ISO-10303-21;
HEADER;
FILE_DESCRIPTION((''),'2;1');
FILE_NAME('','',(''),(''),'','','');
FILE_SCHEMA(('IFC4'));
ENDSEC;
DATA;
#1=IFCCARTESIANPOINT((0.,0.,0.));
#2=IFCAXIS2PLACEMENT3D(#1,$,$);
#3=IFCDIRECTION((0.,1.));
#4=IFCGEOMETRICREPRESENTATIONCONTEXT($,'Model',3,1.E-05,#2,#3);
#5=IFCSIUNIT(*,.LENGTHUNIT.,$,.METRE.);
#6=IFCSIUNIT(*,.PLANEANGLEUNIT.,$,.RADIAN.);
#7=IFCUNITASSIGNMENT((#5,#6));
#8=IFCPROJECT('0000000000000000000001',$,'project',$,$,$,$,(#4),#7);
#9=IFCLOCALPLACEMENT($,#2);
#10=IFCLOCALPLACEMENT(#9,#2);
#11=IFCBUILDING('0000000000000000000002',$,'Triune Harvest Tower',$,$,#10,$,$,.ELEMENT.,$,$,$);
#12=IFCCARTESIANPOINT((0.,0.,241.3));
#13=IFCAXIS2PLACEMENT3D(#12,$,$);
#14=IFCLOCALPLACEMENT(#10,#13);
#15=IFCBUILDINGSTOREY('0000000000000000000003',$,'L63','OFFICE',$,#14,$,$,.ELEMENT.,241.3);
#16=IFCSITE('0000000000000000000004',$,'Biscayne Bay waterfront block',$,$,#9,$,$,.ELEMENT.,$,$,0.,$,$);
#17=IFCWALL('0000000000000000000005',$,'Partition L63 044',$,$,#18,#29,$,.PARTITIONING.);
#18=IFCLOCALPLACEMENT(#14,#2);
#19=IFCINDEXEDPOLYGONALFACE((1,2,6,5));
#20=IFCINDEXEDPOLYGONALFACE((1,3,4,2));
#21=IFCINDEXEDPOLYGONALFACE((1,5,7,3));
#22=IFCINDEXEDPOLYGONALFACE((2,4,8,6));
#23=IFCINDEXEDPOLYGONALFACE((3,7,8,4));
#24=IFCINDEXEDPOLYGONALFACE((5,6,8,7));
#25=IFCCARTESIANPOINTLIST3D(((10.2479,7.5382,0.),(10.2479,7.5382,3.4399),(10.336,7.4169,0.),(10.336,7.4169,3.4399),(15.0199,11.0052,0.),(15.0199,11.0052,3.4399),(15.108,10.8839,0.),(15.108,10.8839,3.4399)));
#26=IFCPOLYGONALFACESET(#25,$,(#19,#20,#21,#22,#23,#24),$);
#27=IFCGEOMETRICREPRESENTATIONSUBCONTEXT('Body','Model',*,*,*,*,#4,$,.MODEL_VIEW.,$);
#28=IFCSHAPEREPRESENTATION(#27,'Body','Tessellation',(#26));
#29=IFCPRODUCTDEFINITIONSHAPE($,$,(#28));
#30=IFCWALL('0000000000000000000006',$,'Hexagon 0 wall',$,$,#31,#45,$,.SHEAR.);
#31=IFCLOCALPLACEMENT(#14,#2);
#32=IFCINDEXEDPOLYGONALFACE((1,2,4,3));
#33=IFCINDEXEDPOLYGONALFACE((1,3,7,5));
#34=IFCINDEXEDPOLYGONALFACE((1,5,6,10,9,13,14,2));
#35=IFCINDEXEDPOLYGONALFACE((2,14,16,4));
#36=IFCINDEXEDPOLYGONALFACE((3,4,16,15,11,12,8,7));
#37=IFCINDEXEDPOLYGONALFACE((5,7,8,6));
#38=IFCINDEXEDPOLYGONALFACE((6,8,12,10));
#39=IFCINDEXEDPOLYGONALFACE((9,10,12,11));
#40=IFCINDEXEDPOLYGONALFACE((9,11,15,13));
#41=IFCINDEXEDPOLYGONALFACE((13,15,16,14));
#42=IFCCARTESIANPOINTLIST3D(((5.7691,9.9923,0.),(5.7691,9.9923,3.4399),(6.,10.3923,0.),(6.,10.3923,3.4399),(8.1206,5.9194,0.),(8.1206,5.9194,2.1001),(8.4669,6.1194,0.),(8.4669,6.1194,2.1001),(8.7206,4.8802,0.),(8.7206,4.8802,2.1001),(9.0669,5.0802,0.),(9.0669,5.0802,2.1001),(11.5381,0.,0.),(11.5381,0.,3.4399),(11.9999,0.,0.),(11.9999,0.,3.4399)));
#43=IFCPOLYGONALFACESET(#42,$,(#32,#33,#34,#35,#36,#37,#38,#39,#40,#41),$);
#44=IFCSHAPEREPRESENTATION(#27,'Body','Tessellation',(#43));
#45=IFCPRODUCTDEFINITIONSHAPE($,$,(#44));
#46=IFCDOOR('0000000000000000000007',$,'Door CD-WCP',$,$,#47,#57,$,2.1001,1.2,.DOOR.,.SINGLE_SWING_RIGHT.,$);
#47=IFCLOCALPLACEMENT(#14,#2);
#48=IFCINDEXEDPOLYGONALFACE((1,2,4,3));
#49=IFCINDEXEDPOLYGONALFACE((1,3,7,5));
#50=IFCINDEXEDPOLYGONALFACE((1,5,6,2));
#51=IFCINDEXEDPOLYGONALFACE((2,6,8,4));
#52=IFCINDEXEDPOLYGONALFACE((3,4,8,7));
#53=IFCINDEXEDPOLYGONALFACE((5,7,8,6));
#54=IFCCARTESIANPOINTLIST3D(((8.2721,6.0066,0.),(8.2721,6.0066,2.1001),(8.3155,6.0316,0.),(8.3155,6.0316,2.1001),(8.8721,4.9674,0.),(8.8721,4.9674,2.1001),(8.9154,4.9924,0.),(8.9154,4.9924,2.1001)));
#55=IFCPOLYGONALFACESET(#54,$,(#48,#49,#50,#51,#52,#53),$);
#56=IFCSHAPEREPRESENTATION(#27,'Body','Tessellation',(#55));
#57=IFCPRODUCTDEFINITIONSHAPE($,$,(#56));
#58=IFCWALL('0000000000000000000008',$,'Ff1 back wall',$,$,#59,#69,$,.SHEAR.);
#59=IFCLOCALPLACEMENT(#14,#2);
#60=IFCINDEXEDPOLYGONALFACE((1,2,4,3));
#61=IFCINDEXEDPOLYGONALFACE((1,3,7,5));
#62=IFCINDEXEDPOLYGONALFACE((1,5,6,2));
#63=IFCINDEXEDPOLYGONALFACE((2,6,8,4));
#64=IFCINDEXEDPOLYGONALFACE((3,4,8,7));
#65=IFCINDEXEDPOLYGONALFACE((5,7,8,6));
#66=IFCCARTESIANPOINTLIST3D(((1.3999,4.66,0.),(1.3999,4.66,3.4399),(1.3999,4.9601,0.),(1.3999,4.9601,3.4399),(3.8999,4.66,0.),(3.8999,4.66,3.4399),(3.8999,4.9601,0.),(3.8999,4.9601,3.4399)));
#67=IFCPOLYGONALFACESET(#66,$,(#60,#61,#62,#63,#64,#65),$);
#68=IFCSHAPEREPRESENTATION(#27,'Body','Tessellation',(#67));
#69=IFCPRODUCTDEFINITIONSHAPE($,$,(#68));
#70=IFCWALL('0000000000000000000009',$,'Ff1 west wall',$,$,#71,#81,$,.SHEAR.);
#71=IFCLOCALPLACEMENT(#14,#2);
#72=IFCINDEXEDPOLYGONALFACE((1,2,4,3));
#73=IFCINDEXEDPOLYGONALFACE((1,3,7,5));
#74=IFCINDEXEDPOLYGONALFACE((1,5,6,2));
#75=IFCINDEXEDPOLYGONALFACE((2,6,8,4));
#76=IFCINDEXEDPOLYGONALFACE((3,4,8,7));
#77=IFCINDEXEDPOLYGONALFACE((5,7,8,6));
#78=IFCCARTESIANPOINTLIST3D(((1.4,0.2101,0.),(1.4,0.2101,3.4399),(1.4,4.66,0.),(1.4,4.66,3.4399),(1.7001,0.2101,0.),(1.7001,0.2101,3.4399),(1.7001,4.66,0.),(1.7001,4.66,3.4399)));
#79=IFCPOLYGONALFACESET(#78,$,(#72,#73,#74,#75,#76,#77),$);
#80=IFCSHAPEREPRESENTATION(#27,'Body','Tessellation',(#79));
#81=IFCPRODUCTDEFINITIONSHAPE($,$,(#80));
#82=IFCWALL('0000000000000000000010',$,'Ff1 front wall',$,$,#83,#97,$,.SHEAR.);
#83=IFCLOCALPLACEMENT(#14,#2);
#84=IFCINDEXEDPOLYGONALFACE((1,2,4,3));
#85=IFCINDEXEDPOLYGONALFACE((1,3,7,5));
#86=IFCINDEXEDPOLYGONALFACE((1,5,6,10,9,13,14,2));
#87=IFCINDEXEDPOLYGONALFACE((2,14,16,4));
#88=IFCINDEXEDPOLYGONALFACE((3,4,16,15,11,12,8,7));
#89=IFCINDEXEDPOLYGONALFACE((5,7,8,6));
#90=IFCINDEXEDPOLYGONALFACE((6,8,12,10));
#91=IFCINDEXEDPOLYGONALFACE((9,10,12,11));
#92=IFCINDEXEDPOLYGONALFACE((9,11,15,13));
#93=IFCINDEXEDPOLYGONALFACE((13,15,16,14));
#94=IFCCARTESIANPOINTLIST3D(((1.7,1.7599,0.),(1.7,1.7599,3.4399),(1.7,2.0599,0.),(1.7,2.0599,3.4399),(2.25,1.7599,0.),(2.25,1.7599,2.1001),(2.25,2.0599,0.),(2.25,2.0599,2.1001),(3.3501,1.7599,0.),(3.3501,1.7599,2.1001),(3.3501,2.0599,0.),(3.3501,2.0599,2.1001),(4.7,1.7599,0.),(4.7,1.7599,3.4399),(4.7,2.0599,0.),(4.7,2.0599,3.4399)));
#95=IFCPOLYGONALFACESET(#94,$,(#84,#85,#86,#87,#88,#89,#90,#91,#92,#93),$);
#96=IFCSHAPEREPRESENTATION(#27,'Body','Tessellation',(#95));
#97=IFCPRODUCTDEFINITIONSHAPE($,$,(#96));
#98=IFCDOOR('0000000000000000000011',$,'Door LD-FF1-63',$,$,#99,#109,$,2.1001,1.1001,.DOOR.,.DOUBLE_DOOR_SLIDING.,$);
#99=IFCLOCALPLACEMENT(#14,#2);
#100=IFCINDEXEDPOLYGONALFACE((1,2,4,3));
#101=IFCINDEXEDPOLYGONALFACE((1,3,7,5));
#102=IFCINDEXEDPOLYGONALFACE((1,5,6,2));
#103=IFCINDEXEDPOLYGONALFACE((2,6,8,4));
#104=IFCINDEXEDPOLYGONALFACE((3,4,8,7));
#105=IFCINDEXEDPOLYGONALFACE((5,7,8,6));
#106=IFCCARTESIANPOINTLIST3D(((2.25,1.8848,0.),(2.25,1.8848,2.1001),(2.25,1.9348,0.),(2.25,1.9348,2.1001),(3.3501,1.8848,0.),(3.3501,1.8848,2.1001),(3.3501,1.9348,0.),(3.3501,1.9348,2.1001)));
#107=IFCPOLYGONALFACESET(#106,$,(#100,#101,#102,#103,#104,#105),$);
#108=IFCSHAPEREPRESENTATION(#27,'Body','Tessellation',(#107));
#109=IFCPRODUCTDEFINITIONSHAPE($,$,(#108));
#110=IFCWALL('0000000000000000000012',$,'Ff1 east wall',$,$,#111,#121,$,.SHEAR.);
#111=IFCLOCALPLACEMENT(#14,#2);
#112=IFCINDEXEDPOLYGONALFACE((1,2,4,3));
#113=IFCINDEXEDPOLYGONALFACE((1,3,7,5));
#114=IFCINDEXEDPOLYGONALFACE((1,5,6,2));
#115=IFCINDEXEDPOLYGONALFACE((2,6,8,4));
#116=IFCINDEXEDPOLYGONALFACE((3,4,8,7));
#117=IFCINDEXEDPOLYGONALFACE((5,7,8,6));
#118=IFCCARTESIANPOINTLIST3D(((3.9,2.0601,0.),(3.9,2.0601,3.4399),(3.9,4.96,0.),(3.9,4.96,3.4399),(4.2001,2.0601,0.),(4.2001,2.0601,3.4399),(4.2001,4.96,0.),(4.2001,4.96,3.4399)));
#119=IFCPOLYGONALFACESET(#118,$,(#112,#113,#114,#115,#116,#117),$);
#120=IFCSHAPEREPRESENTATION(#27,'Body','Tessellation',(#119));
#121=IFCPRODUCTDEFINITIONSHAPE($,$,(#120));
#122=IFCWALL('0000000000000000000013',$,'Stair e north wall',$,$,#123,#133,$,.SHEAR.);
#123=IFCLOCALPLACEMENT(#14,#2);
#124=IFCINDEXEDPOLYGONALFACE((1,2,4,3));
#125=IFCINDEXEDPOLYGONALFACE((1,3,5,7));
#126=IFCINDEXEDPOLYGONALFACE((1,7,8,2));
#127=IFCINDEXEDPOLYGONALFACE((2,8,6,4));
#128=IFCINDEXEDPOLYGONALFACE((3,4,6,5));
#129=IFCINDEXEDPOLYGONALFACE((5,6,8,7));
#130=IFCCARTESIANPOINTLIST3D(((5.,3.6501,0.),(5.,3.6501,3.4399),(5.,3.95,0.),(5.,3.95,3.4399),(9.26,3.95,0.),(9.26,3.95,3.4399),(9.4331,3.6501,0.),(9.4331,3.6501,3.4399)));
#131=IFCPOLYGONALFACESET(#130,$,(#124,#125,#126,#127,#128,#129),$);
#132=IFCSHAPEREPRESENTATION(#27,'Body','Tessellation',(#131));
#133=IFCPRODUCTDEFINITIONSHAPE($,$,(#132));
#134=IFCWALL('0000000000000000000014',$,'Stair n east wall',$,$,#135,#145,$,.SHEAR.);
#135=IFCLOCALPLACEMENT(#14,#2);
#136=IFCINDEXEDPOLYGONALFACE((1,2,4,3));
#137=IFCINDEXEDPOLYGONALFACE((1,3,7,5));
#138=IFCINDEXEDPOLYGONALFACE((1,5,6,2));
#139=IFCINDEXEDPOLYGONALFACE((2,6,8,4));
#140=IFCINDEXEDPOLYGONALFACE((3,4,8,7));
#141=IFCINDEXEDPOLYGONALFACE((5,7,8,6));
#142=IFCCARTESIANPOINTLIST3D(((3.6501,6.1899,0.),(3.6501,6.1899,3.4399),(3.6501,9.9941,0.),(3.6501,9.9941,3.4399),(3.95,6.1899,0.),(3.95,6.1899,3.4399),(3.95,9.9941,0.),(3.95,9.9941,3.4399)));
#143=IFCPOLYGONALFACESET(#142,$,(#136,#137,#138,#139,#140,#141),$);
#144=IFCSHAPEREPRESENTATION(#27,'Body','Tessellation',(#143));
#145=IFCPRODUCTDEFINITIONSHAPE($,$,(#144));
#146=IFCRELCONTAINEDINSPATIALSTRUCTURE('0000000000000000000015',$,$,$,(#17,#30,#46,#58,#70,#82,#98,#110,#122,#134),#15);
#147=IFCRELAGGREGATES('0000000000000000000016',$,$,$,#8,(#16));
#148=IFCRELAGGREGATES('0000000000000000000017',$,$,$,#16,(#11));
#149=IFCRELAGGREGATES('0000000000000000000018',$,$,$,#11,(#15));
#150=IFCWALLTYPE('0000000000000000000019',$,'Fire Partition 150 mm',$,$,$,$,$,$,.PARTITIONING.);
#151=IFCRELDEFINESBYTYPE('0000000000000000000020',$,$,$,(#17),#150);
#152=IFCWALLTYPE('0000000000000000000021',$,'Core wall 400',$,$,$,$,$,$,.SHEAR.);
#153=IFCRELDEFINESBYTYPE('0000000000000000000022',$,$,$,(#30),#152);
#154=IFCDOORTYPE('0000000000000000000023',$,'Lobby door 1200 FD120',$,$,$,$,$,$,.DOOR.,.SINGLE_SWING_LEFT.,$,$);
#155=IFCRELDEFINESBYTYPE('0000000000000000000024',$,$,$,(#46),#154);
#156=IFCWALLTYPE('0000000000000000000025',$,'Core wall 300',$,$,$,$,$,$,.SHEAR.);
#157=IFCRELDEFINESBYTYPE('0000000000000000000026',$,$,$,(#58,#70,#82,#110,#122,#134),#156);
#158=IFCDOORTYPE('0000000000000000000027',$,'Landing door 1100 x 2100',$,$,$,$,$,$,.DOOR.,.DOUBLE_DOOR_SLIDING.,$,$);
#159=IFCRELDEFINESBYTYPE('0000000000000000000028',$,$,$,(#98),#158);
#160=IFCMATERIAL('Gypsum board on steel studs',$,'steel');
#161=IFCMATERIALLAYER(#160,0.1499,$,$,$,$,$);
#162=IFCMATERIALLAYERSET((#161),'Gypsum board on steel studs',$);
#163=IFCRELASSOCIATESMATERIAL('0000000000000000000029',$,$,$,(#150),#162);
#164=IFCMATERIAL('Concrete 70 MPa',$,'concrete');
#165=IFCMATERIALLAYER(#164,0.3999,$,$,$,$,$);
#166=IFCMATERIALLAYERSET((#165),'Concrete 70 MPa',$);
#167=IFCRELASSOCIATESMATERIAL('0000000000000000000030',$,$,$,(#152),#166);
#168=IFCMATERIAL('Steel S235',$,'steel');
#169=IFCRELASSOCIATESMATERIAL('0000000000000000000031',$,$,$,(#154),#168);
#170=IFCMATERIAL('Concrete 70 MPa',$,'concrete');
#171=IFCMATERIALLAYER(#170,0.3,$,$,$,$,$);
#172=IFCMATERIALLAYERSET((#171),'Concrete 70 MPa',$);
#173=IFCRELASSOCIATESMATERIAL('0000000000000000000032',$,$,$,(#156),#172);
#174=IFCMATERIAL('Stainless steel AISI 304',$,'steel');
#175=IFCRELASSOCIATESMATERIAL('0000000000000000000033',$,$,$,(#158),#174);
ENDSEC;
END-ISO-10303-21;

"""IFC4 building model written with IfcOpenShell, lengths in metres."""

from ifc_helpers import new_model, si_unit, direction, frame, frame_2d, origin, place, context, subcontext, project, spatial, polyline, rectangle, outline, extrude, source, transform, mapped, material, layer, layer_set, type_object, element, fill, save


model = new_model("IFC4")

# Units and contexts
model_context = context("Model", 3, precision=1e-05, world=origin(), true_north=direction((0.0, 1.0)))
body_context = subcontext(model_context, "Body", "Model", "MODEL_VIEW")
ifc_project = project(units=[si_unit("LENGTHUNIT", "METRE"), si_unit("PLANEANGLEUNIT", "RADIAN")], contexts=[model_context])

# Site, building, storey
site_placement = place(None, origin())
site = spatial("IfcSite", under=ifc_project, at=site_placement, Name="Biscayne Bay waterfront block", CompositionType="ELEMENT", RefElevation=0.0)
building_placement = place(site_placement, origin())
building = spatial("IfcBuilding", under=site, at=building_placement, Name="Triune Harvest Tower", CompositionType="ELEMENT")
storey_placement = place(building_placement, frame((0.0, 0.0, 241.3)))
storey = spatial("IfcBuildingStorey", under=building, at=storey_placement, Name="L63", Description="OFFICE", CompositionType="ELEMENT", Elevation=241.3)

# Shared definitions
ifc_material_1 = material(Name="Gypsum board on steel studs", Category="steel")
ifc_layer_1 = layer(ifc_material_1, 0.1499)
ifc_layer_set_1 = layer_set([ifc_layer_1], Name="Gypsum board on steel studs")
wall_type_1 = type_object("IfcWallType", Name="Fire Partition 150 mm", PredefinedType="PARTITIONING", material=ifc_layer_set_1)

# Wall
wall_1_placement = place(storey_placement, frame((10.292, 7.4775, 0.0), z_axis=(0.0, 0.0, 1.0), x_axis=(0.809017, 0.587785, 0.0)))
element("IfcWall", 1, at=wall_1_placement, inside=storey, type_object=wall_type_1, Name="Partition L63 044", PredefinedType="PARTITIONING", context=body_context, shape_type="SweptSolid", body=[
    extrude(rectangle(XDim=5.8984, YDim=0.1499, at=frame_2d((2.9492, 0.0))), origin(), (0.0, 0.0, 1.0), 3.4399),
])

# Wall, opening, door
ifc_material_2 = material(Name="Concrete 70 MPa", Category="concrete")
ifc_layer_2 = layer(ifc_material_2, 0.3999)
ifc_layer_set_2 = layer_set([ifc_layer_2], Name="Concrete 70 MPa")
wall_type_2 = type_object("IfcWallType", Name="Core wall 400", PredefinedType="SHEAR", material=ifc_layer_set_2)
shared_shape_1 = source(origin(), body_context, "Body", "SweptSolid", [
    extrude(outline(polyline([(-0.1155, -0.2), (11.8845, -0.2), (11.6536, 0.2), (0.1155, 0.2), (-0.1155, -0.2)])), origin(), (0.0, 0.0, 1.0), 3.4399),
])
wall_2_placement = place(storey_placement, frame((11.769, 0.0, 0.0), z_axis=(0.0, 0.0, 1.0), x_axis=(-0.499997, 0.866027, 0.0)))
wall_2 = element("IfcWall", 2, at=wall_2_placement, inside=storey, type_object=wall_type_2, Name="Hexagon 0 wall", PredefinedType="SHEAR", context=body_context, shape_type="MappedRepresentation", body=[
    mapped(shared_shape_1, transform((0.0, 0.0, 0.0), scale=1.0)),
])
opening_1_placement = place(wall_2_placement, frame((5.7505, 0.0, 0.0)))
opening_1 = element("IfcOpeningElement", 3, at=opening_1_placement, cuts=wall_2, PredefinedType="OPENING", context=body_context, shape_type="SweptSolid", body=[
    extrude(rectangle(XDim=1.2, YDim=2.1001, at=frame_2d((0.6001, 1.05))), frame((0.0, 0.21, 0.0), z_axis=(0.0, -1.0, 0.0), x_axis=(1.0, 0.0, 0.0)), (0.0, 0.0, 1.0), 0.4199),
])
ifc_material_3 = material(Name="Steel S235", Category="steel")
door_type_1 = type_object("IfcDoorType", Name="Lobby door 1200 FD120", OperationType="SINGLE_SWING_LEFT", PredefinedType="DOOR", material=ifc_material_3)
door_1_placement = place(opening_1_placement, frame((1.2, 0.0, 0.0), z_axis=(0.0, 0.0, 1.0), x_axis=(-1.0, 0.0, 0.0)))
door_1 = element("IfcDoor", 4, at=door_1_placement, inside=storey, type_object=door_type_1, Name="Door CD-WCP", OperationType="SINGLE_SWING_RIGHT", OverallHeight=2.1001, OverallWidth=1.2, PredefinedType="DOOR", context=body_context, shape_type="SweptSolid", body=[
    extrude(rectangle(XDim=1.2, YDim=2.1001, at=frame_2d((0.6001, 1.05))), frame((0.0, 0.0249, 0.0), z_axis=(0.0, -1.0, 0.0), x_axis=(1.0, 0.0, 0.0)), (0.0, 0.0, 1.0), 0.05),
])
fill(opening_1, door_1)

# Walls
ifc_material_4 = material(Name="Concrete 70 MPa", Category="concrete")
ifc_layer_3 = layer(ifc_material_4, 0.3)
ifc_layer_set_3 = layer_set([ifc_layer_3], Name="Concrete 70 MPa")
wall_type_3 = type_object("IfcWallType", Name="Core wall 300", PredefinedType="SHEAR", material=ifc_layer_set_3)
shared_shape_2 = source(origin(), body_context, "Body", "SweptSolid", [
    extrude(rectangle(XDim=2.5, YDim=0.3, at=frame_2d((1.25, 0.0))), origin(), (0.0, 0.0, 1.0), 3.4399),
])
wall_3_placement = place(storey_placement, frame((1.3999, 4.8101, 0.0), z_axis=(0.0, 0.0, 1.0), x_axis=(1.0, 0.0, 0.0)))
element("IfcWall", 5, at=wall_3_placement, inside=storey, type_object=wall_type_3, Name="Ff1 back wall", PredefinedType="SHEAR", context=body_context, shape_type="MappedRepresentation", body=[
    mapped(shared_shape_2, transform((0.0, 0.0, 0.0), scale=1.0)),
])
shared_shape_3 = source(origin(), body_context, "Body", "SweptSolid", [
    extrude(rectangle(XDim=4.45, YDim=0.3, at=frame_2d((2.2251, 0.0))), origin(), (0.0, 0.0, 1.0), 3.4399),
])
wall_4_placement = place(storey_placement, frame((1.55, 0.21, 0.0), z_axis=(0.0, 0.0, 1.0), x_axis=(0.0, 1.0, 0.0)))
element("IfcWall", 6, at=wall_4_placement, inside=storey, type_object=wall_type_3, Name="Ff1 west wall", PredefinedType="SHEAR", context=body_context, shape_type="MappedRepresentation", body=[
    mapped(shared_shape_3, transform((0.0, 0.0, 0.0), scale=1.0)),
])

# Wall, opening, door
shared_shape_4 = source(origin(), body_context, "Body", "SweptSolid", [
    extrude(rectangle(XDim=3.0, YDim=0.3, at=frame_2d((1.5, 0.0))), origin(), (0.0, 0.0, 1.0), 3.4399),
])
wall_5_placement = place(storey_placement, frame((1.7, 1.9099, 0.0), z_axis=(0.0, 0.0, 1.0), x_axis=(1.0, 0.0, 0.0)))
wall_5 = element("IfcWall", 7, at=wall_5_placement, inside=storey, type_object=wall_type_3, Name="Ff1 front wall", PredefinedType="SHEAR", context=body_context, shape_type="MappedRepresentation", body=[
    mapped(shared_shape_4, transform((0.0, 0.0, 0.0), scale=1.0)),
])
opening_2_placement = place(wall_5_placement, frame((0.55, 0.0, 0.0)))
opening_2 = element("IfcOpeningElement", 8, at=opening_2_placement, cuts=wall_5, PredefinedType="OPENING", context=body_context, shape_type="SweptSolid", body=[
    extrude(rectangle(XDim=1.1001, YDim=2.1001, at=frame_2d((0.55, 1.05))), frame((0.0, 0.1602, 0.0), z_axis=(0.0, -1.0, 0.0), x_axis=(1.0, 0.0, 0.0)), (0.0, 0.0, 1.0), 0.3201),
])
ifc_material_5 = material(Name="Stainless steel AISI 304", Category="steel")
door_type_2 = type_object("IfcDoorType", Name="Landing door 1100 x 2100", OperationType="DOUBLE_DOOR_SLIDING", PredefinedType="DOOR", material=ifc_material_5)
door_2_placement = place(opening_2_placement, origin())
door_2 = element("IfcDoor", 9, at=door_2_placement, inside=storey, type_object=door_type_2, Name="Door LD-FF1-63", OperationType="DOUBLE_DOOR_SLIDING", OverallHeight=2.1001, OverallWidth=1.1001, PredefinedType="DOOR", context=body_context, shape_type="SweptSolid", body=[
    extrude(rectangle(XDim=1.1001, YDim=2.1001, at=frame_2d((0.55, 1.05))), frame((0.0, 0.0249, 0.0), z_axis=(0.0, -1.0, 0.0), x_axis=(1.0, 0.0, 0.0)), (0.0, 0.0, 1.0), 0.05),
])
fill(opening_2, door_2)

# Walls
shared_shape_5 = source(origin(), body_context, "Body", "SweptSolid", [
    extrude(rectangle(XDim=2.8999, YDim=0.3, at=frame_2d((1.45, 0.0))), origin(), (0.0, 0.0, 1.0), 3.4399),
])
wall_6_placement = place(storey_placement, frame((4.05, 2.0601, 0.0), z_axis=(0.0, 0.0, 1.0), x_axis=(0.0, 1.0, 0.0)))
element("IfcWall", 10, at=wall_6_placement, inside=storey, type_object=wall_type_3, Name="Ff1 east wall", PredefinedType="SHEAR", context=body_context, shape_type="MappedRepresentation", body=[
    mapped(shared_shape_5, transform((0.0, 0.0, 0.0), scale=1.0)),
])
shared_shape_6 = source(origin(), body_context, "Body", "SweptSolid", [
    extrude(outline(polyline([(0.0, -0.1499), (0.0, 0.1499), (4.26, 0.1499), (4.4331, -0.1499), (0.0, -0.1499)])), origin(), (0.0, 0.0, 1.0), 3.4399),
])
wall_7_placement = place(storey_placement, frame((5.0, 3.8, 0.0), z_axis=(0.0, 0.0, 1.0), x_axis=(1.0, 0.0, 0.0)))
element("IfcWall", 11, at=wall_7_placement, inside=storey, type_object=wall_type_3, Name="Stair e north wall", PredefinedType="SHEAR", context=body_context, shape_type="MappedRepresentation", body=[
    mapped(shared_shape_6, transform((0.0, 0.0, 0.0), scale=1.0)),
])
shared_shape_7 = source(origin(), body_context, "Body", "SweptSolid", [
    extrude(outline(polyline([(0.0, -0.1499), (0.0, 0.1499), (3.8042, 0.1499), (3.8042, -0.1499), (0.0, -0.1499)])), origin(), (0.0, 0.0, 1.0), 3.4399),
])
wall_8_placement = place(storey_placement, frame((3.8, 6.1899, 0.0), z_axis=(0.0, 0.0, 1.0), x_axis=(0.0, 1.0, 0.0)))
element("IfcWall", 12, at=wall_8_placement, inside=storey, type_object=wall_type_3, Name="Stair n east wall", PredefinedType="SHEAR", context=body_context, shape_type="MappedRepresentation", body=[
    mapped(shared_shape_7, transform((0.0, 0.0, 0.0), scale=1.0)),
])

save(model, "model.ifc")
